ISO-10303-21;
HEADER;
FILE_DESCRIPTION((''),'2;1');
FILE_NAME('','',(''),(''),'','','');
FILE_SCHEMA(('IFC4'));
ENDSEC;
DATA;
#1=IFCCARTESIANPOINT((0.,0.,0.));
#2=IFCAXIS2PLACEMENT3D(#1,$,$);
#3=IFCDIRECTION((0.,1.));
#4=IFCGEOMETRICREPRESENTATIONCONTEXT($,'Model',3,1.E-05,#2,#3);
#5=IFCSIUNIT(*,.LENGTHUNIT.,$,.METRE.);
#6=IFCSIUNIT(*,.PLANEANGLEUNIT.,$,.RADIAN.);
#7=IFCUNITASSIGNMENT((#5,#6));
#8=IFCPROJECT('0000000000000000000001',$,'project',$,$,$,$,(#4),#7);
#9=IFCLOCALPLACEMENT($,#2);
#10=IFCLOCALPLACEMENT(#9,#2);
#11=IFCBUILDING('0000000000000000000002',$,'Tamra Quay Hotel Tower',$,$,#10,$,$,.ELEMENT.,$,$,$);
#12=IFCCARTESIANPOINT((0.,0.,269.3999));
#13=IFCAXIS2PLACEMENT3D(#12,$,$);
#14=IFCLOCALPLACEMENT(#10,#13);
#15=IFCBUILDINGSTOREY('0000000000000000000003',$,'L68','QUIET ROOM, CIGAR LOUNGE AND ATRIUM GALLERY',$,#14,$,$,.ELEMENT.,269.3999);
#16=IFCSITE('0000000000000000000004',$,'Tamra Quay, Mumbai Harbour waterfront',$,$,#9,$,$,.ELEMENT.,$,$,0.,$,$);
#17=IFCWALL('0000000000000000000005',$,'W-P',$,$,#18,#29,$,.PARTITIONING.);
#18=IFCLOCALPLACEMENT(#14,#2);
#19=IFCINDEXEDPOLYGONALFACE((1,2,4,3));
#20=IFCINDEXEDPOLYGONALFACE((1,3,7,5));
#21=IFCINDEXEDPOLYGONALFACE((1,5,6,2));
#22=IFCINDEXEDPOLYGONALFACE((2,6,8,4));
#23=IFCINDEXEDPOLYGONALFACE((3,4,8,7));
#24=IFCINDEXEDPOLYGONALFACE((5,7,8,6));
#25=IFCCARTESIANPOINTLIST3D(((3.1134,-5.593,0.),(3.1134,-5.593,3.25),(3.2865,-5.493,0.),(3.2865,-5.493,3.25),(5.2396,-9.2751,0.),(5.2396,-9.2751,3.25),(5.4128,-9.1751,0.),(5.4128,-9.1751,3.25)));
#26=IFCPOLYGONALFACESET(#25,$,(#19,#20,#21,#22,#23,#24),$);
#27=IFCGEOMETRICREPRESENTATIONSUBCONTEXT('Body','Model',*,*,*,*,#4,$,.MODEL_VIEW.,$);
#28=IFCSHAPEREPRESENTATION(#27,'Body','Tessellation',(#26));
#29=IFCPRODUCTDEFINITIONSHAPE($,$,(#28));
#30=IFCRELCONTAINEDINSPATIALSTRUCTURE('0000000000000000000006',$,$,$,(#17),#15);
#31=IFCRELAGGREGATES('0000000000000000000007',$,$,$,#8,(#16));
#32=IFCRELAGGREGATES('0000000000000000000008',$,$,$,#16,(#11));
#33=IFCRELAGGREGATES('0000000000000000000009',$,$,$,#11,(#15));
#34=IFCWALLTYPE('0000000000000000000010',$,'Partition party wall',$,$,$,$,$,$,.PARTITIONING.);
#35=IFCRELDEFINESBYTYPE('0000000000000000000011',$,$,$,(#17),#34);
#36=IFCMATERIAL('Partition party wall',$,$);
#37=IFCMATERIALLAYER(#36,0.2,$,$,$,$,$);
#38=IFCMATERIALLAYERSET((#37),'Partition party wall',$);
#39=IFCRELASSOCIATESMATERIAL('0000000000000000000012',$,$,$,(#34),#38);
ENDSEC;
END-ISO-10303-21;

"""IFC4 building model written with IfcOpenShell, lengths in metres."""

from ifc_helpers import new_model, si_unit, direction, frame, frame_2d, origin, place, context, subcontext, project, spatial, rectangle, extrude, material, layer, layer_set, type_object, element, save


model = new_model("IFC4")

# Units and contexts
model_context = context("Model", 3, precision=1e-05, world=origin(), true_north=direction((0.0, 1.0)))
body_context = subcontext(model_context, "Body", "Model", "MODEL_VIEW")
ifc_project = project(units=[si_unit("LENGTHUNIT", "METRE"), si_unit("PLANEANGLEUNIT", "RADIAN")], contexts=[model_context])

# Site, building, storey
site_placement = place(None, origin())
site = spatial("IfcSite", under=ifc_project, at=site_placement, Name="Tamra Quay, Mumbai Harbour waterfront", CompositionType="ELEMENT", RefElevation=0.0)
building_placement = place(site_placement, origin())
building = spatial("IfcBuilding", under=site, at=building_placement, Name="Tamra Quay Hotel Tower", CompositionType="ELEMENT")
storey_placement = place(building_placement, frame((0.0, 0.0, 269.3999)))
storey = spatial("IfcBuildingStorey", under=building, at=storey_placement, Name="L68", Description="QUIET ROOM, CIGAR LOUNGE AND ATRIUM GALLERY", CompositionType="ELEMENT", Elevation=269.3999)

# Wall
ifc_material_1 = material(Name="Partition party wall")
ifc_layer_1 = layer(ifc_material_1, 0.2)
ifc_layer_set_1 = layer_set([ifc_layer_1], Name="Partition party wall")
wall_type_1 = type_object("IfcWallType", Name="Partition party wall", PredefinedType="PARTITIONING", material=ifc_layer_set_1)
wall_1_placement = place(storey_placement, frame((3.2, -5.543, 0.0), z_axis=(0.0, 0.0, 1.0), x_axis=(0.50006, -0.865991, 0.0)))
element("IfcWall", 1, at=wall_1_placement, inside=storey, type_object=wall_type_1, Name="W-P", PredefinedType="PARTITIONING", context=body_context, shape_type="SweptSolid", body=[
    extrude(rectangle(XDim=4.252, YDim=0.2, at=frame_2d((2.126, 0.0))), origin(), (0.0, 0.0, 1.0), 3.25),
])

save(model, "model.ifc")
